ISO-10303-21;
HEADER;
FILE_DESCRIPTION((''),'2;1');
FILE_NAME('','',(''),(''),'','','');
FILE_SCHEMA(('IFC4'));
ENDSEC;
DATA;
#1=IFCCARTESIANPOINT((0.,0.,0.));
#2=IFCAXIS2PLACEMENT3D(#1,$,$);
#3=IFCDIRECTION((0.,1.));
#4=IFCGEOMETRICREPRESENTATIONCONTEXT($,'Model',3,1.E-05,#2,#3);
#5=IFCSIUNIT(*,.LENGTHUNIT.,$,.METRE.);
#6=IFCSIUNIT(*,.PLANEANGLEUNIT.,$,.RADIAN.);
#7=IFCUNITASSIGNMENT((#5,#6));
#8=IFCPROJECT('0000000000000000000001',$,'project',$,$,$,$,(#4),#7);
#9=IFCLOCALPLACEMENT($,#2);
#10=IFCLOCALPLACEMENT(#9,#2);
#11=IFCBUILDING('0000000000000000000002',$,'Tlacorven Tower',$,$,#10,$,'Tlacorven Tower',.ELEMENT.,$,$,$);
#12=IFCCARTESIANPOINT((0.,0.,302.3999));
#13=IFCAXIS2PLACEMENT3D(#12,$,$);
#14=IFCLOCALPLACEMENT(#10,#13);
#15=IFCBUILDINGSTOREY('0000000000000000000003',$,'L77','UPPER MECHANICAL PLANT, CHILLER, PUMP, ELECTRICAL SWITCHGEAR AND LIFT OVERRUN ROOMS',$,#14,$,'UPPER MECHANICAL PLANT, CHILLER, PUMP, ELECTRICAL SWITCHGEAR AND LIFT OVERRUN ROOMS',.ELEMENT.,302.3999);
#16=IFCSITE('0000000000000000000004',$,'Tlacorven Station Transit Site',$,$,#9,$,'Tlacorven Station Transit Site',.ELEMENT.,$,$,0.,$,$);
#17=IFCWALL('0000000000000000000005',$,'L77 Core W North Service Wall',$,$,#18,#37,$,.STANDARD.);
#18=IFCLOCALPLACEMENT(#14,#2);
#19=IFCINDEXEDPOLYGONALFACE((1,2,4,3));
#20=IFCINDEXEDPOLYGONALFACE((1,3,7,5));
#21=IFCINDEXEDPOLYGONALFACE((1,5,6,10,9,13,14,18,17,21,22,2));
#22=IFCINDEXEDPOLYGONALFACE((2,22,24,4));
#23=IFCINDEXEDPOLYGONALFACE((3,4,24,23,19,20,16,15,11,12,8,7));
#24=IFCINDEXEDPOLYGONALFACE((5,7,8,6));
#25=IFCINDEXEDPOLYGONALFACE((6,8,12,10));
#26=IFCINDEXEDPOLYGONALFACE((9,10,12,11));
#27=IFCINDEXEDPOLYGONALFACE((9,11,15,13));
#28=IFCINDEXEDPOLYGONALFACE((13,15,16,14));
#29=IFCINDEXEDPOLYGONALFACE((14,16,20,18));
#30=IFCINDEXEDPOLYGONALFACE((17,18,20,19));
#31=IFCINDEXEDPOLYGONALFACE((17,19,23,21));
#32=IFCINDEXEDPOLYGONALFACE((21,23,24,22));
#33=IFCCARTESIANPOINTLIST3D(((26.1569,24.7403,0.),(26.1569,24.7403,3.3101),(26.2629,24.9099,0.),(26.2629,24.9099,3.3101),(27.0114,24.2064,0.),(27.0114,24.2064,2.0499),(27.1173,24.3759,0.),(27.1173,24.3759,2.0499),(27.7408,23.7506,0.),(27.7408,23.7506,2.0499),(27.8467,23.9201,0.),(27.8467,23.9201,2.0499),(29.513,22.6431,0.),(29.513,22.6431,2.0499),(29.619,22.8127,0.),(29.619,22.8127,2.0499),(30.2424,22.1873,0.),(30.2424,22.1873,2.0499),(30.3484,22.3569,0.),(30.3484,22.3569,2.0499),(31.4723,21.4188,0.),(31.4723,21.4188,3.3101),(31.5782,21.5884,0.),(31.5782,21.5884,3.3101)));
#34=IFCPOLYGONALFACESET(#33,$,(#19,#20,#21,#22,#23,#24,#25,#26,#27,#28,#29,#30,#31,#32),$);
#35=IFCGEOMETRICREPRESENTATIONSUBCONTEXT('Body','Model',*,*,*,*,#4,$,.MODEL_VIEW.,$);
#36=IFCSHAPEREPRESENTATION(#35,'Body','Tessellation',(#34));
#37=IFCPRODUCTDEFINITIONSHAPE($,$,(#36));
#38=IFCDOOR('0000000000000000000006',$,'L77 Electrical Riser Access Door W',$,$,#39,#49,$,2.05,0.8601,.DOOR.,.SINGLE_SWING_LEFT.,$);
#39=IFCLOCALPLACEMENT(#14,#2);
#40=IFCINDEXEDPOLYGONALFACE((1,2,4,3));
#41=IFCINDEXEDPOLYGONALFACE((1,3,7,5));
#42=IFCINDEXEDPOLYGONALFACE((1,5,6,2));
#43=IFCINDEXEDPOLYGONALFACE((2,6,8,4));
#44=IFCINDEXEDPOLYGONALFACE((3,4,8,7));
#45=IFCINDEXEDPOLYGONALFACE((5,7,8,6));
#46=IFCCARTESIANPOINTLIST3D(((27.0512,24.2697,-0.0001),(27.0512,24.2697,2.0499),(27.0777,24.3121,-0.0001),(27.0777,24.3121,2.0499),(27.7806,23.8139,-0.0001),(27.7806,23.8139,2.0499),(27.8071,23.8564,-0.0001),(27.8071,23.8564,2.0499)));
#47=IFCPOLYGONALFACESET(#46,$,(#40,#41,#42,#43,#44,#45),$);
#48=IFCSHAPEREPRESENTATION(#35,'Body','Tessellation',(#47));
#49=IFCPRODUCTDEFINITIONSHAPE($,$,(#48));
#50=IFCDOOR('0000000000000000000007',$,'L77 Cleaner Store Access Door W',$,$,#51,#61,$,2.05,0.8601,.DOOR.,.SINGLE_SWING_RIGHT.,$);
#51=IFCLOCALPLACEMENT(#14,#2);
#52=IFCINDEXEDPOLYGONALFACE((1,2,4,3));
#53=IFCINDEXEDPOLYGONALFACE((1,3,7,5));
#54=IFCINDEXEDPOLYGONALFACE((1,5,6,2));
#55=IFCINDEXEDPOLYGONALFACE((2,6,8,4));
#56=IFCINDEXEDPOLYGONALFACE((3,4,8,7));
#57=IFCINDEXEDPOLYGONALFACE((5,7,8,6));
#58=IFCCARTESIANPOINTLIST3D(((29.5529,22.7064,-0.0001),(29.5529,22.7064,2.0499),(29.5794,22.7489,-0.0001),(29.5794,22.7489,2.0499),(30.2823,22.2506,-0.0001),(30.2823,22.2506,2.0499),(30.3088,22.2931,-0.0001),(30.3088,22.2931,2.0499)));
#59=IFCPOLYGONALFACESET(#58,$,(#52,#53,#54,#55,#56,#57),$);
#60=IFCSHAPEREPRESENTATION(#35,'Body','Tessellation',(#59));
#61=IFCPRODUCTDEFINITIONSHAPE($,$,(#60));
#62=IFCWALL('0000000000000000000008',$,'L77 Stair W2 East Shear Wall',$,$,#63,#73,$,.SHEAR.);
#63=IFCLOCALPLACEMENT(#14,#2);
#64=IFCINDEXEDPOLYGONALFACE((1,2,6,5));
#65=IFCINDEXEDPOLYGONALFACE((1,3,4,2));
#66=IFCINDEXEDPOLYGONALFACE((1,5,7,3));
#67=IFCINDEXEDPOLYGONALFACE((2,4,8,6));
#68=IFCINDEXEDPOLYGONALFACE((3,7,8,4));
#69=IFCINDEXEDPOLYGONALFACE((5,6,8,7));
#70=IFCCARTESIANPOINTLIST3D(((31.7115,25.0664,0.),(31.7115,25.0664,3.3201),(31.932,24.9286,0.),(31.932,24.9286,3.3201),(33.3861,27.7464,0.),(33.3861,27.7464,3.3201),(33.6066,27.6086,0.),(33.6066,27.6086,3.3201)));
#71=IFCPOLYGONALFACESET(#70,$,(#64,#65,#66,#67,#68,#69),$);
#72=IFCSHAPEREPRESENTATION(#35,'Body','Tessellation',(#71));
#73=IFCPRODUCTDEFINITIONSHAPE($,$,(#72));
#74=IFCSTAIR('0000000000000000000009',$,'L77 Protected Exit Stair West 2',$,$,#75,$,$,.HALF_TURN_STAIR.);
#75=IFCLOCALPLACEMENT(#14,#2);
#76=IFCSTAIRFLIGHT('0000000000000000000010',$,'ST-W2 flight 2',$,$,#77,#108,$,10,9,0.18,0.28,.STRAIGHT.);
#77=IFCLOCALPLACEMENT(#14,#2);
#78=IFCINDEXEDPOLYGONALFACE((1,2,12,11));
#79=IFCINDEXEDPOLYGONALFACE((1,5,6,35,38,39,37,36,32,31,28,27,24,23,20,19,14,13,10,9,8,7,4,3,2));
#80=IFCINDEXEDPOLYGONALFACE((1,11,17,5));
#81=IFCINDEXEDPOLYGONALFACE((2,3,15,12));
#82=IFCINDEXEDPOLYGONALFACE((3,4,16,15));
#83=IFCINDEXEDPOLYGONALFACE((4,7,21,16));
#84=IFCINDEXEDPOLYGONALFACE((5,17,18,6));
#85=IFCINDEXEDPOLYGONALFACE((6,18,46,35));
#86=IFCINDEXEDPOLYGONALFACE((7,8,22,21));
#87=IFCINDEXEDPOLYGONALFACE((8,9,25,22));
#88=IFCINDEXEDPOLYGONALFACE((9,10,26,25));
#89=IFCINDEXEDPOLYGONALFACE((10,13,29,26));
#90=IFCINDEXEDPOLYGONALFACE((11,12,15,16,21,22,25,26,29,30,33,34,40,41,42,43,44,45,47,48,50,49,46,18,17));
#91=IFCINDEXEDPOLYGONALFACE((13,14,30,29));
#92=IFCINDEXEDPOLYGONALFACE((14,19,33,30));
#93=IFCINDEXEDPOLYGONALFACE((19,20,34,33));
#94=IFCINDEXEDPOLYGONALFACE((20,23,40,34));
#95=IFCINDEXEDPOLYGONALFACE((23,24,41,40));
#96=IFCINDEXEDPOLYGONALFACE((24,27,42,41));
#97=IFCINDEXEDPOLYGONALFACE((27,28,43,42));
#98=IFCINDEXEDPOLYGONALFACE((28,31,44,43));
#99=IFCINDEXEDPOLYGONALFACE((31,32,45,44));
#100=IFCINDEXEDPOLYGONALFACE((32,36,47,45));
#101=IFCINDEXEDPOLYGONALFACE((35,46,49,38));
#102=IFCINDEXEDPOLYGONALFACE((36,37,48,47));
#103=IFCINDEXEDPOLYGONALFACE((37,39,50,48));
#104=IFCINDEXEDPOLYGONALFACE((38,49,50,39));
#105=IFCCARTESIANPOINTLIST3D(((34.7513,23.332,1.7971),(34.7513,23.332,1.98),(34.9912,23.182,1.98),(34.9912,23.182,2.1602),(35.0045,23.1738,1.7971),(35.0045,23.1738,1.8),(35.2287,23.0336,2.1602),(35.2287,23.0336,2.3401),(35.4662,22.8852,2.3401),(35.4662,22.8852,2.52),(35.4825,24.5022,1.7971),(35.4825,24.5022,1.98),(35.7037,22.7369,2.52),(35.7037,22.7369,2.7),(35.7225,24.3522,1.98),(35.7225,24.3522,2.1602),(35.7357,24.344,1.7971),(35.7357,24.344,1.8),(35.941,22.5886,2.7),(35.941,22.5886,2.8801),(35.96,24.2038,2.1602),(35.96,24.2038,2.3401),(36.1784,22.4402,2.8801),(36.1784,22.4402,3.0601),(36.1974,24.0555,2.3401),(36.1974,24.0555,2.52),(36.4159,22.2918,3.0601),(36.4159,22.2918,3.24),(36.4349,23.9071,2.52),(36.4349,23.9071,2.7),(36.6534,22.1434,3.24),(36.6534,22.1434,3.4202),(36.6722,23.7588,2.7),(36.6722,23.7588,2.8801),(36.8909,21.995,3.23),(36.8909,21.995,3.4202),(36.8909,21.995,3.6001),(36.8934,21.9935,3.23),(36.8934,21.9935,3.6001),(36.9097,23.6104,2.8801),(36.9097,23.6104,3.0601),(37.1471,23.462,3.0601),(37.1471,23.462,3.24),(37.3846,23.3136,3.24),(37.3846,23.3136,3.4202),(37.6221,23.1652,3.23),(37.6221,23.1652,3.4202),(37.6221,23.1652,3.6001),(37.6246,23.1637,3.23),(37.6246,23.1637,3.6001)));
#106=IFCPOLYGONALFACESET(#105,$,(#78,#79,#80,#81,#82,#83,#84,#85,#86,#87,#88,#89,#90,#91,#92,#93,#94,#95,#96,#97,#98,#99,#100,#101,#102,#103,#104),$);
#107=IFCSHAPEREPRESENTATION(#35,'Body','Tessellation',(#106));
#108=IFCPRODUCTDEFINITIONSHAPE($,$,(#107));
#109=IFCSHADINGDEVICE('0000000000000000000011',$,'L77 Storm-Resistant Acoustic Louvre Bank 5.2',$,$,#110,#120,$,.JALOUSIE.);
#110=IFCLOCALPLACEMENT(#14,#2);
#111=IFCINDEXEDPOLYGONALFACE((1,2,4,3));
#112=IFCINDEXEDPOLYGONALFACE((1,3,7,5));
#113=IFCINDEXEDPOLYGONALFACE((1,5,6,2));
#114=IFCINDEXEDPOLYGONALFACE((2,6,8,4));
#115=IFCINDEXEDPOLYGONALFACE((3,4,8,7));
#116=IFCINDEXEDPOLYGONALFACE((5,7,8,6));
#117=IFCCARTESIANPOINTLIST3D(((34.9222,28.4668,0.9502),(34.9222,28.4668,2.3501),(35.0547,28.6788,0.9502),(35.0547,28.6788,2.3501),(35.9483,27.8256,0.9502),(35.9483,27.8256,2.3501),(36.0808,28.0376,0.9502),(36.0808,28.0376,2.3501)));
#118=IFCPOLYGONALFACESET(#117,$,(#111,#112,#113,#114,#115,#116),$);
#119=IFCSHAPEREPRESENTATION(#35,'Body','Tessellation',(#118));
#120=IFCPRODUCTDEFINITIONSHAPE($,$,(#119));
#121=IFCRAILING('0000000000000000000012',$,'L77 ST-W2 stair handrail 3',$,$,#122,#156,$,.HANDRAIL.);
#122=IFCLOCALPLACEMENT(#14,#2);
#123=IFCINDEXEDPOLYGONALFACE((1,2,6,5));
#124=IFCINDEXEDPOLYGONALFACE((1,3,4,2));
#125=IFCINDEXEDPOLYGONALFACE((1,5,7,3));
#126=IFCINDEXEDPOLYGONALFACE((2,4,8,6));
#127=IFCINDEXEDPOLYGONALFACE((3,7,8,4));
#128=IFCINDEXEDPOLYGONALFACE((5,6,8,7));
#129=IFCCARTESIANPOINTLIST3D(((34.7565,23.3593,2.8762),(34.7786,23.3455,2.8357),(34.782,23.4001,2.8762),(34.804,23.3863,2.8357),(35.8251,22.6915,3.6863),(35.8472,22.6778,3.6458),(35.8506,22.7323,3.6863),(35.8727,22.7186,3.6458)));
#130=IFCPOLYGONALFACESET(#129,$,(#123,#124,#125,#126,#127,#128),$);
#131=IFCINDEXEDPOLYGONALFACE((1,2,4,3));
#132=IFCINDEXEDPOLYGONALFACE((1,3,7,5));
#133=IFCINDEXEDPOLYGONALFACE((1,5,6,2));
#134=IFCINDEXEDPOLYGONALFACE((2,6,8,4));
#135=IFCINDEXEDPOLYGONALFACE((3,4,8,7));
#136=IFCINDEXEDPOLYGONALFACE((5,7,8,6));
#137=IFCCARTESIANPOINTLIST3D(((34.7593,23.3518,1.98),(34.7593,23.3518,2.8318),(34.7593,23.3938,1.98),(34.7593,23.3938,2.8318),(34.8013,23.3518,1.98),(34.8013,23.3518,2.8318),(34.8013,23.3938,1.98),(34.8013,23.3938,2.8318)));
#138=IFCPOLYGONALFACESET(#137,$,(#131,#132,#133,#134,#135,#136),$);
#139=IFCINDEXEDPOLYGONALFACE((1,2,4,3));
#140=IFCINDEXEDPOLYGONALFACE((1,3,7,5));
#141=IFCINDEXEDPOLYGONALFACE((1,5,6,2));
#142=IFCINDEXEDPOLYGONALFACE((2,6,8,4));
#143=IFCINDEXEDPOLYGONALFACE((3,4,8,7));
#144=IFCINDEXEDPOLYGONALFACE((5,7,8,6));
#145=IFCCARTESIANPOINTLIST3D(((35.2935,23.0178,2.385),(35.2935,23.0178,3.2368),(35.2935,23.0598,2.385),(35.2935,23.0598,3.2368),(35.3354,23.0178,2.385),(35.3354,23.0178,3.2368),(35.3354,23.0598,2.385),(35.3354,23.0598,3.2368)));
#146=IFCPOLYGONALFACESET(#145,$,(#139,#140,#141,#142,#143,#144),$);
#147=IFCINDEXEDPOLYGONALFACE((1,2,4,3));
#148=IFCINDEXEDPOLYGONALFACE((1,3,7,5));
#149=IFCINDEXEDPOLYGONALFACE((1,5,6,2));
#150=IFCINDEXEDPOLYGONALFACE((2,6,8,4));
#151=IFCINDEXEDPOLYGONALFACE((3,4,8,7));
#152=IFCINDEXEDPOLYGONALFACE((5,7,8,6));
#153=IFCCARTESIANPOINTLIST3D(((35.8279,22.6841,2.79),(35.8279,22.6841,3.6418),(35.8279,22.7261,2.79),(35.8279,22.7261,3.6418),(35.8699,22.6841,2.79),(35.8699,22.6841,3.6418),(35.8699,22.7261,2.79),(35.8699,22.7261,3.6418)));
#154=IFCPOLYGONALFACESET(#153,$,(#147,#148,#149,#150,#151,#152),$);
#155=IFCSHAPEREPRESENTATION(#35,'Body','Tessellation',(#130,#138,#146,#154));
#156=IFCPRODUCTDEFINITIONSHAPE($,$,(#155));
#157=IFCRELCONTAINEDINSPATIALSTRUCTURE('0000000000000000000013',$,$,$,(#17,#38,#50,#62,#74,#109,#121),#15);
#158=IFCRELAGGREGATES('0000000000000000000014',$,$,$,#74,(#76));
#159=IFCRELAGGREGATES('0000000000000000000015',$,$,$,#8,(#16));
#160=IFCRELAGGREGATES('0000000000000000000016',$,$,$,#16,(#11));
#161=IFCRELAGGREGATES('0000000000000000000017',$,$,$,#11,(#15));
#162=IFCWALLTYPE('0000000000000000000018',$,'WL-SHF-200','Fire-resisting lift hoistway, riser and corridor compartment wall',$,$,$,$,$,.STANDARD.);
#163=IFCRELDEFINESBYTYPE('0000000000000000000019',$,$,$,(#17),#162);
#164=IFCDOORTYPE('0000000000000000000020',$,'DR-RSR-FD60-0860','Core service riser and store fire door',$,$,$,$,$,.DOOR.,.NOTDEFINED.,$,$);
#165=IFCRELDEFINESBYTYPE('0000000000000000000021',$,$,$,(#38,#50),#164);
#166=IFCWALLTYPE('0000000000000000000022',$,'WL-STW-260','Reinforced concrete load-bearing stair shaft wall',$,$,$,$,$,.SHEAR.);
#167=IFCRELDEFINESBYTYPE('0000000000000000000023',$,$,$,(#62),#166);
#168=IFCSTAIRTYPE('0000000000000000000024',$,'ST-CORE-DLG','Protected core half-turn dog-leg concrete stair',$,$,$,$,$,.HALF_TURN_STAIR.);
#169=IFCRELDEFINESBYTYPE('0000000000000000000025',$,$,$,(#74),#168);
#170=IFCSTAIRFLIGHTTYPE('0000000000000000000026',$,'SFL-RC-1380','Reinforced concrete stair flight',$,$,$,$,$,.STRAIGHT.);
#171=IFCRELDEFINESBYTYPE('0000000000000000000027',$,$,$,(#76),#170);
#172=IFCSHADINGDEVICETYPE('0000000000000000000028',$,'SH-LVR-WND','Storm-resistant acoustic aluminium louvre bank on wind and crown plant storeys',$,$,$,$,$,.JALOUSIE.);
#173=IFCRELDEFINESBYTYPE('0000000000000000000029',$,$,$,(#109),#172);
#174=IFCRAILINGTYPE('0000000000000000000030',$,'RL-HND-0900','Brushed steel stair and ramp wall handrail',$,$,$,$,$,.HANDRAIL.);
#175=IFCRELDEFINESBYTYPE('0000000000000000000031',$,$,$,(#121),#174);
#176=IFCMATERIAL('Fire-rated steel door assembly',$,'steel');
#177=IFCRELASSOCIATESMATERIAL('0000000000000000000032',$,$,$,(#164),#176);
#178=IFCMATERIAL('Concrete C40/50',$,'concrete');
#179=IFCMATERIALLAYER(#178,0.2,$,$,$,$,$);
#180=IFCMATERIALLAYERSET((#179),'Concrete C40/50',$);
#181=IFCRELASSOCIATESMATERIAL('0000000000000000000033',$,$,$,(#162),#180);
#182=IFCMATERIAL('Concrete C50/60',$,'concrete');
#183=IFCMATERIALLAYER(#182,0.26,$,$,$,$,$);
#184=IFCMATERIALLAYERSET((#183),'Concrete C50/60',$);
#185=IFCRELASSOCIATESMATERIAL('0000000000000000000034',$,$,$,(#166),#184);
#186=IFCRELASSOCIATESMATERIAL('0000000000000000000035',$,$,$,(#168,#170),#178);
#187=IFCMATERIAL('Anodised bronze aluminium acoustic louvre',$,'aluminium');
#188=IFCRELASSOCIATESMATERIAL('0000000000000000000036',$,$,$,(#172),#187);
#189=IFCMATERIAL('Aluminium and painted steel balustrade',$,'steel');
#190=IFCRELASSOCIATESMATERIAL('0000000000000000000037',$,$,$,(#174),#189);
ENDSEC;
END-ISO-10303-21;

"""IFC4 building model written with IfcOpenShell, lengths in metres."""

from ifc_helpers import new_model, si_unit, direction, frame, frame_2d, origin, origin_2d, place, context, subcontext, project, spatial, polyline, rectangle, outline, extrude, source, transform, mapped, material, layer, layer_set, type_object, element, fill, aggregate, save


model = new_model("IFC4")

# Units and contexts
model_context = context("Model", 3, precision=1e-05, world=origin(), true_north=direction((0.0, 1.0)))
body_context = subcontext(model_context, "Body", "Model", "MODEL_VIEW")
ifc_project = project(units=[si_unit("LENGTHUNIT", "METRE"), si_unit("PLANEANGLEUNIT", "RADIAN")], contexts=[model_context])

# Site, building, storey
site_placement = place(None, origin())
site = spatial("IfcSite", under=ifc_project, at=site_placement, Name="Tlacorven Station Transit Site", LongName="Tlacorven Station Transit Site", CompositionType="ELEMENT", RefElevation=0.0)
building_placement = place(site_placement, origin())
building = spatial("IfcBuilding", under=site, at=building_placement, Name="Tlacorven Tower", LongName="Tlacorven Tower", CompositionType="ELEMENT")
storey_placement = place(building_placement, frame((0.0, 0.0, 302.3999)))
storey = spatial("IfcBuildingStorey", under=building, at=storey_placement, Name="L77", Description="UPPER MECHANICAL PLANT, CHILLER, PUMP, ELECTRICAL SWITCHGEAR AND LIFT OVERRUN ROOMS", LongName="UPPER MECHANICAL PLANT, CHILLER, PUMP, ELECTRICAL SWITCHGEAR AND LIFT OVERRUN ROOMS", CompositionType="ELEMENT", Elevation=302.3999)

# Shared definitions
ifc_material_1 = material(Name="Concrete C50/60", Category="concrete")

# Shared definitions
ifc_material_2 = material(Name="Fire-rated steel door assembly", Category="steel")
door_type_1 = type_object("IfcDoorType", Name="DR-RSR-FD60-0860", Description="Core service riser and store fire door", OperationType="NOTDEFINED", PredefinedType="DOOR", material=ifc_material_2)
shared_shape_1 = source(origin(), body_context, "Body", "SweptSolid", [
    extrude(rectangle(XDim=0.8601, YDim=2.05, at=frame_2d((0.4302, 1.0249))), frame((0.0, 0.0249, 0.0), z_axis=(0.0, -1.0, 0.0), x_axis=(1.0, 0.0, 0.0)), (0.0, 0.0, 1.0), 0.05),
])

# Shared definitions
ifc_material_3 = material(Name="Concrete C40/50", Category="concrete")
ifc_layer_1 = layer(ifc_material_3, 0.2)
ifc_layer_set_1 = layer_set([ifc_layer_1], Name="Concrete C40/50")
wall_type_1 = type_object("IfcWallType", Name="WL-SHF-200", Description="Fire-resisting lift hoistway, riser and corridor compartment wall", PredefinedType="STANDARD", material=ifc_layer_set_1)

# Wall, openings, doors
wall_1_placement = place(storey_placement, frame((31.5251, 21.5037, 0.0), z_axis=(0.0, 0.0, 1.0), x_axis=(-0.848042, 0.529929, 0.0)))
wall_1 = element("IfcWall", 1, at=wall_1_placement, inside=storey, type_object=wall_type_1, Name="L77 Core W North Service Wall", PredefinedType="STANDARD", context=body_context, shape_type="SweptSolid", body=[
    extrude(rectangle(XDim=6.2678, YDim=0.2, at=frame_2d((3.1338, 0.0))), origin(), (0.0, 0.0, 1.0), 3.3101),
])
opening_1_placement = place(wall_1_placement, frame((4.3999, 0.0, 0.0)))
opening_1 = element("IfcOpeningElement", 2, at=opening_1_placement, cuts=wall_1, PredefinedType="OPENING", context=body_context, shape_type="SweptSolid", body=[
    extrude(rectangle(XDim=0.8601, YDim=2.05, at=frame_2d((0.4302, 1.0249))), frame((0.0, 0.1099, 0.0), z_axis=(0.0, -1.0, 0.0), x_axis=(1.0, 0.0, 0.0)), (0.0, 0.0, 1.0), 0.22),
])
opening_2_placement = place(wall_1_placement, frame((1.45, 0.0, 0.0)))
opening_2 = element("IfcOpeningElement", 3, at=opening_2_placement, cuts=wall_1, PredefinedType="OPENING", context=body_context, shape_type="SweptSolid", body=[
    extrude(rectangle(XDim=0.8601, YDim=2.05, at=frame_2d((0.4302, 1.0249))), frame((0.0, 0.1099, 0.0), z_axis=(0.0, -1.0, 0.0), x_axis=(1.0, 0.0, 0.0)), (0.0, 0.0, 1.0), 0.22),
])
door_1_placement = place(opening_1_placement, frame((0.8601, 0.0, 0.0), z_axis=(0.0, 0.0, 1.0), x_axis=(-1.0, 0.0, 0.0)))
door_1 = element("IfcDoor", 4, at=door_1_placement, inside=storey, type_object=door_type_1, Name="L77 Electrical Riser Access Door W", OperationType="SINGLE_SWING_LEFT", OverallHeight=2.05, OverallWidth=0.8601, PredefinedType="DOOR", context=body_context, shape_type="MappedRepresentation", body=[
    mapped(shared_shape_1, transform((0.0, 0.0, 0.0), scale=1.0)),
])
fill(opening_1, door_1)
door_2_placement = place(opening_2_placement, frame((0.8601, 0.0, 0.0), z_axis=(0.0, 0.0, 1.0), x_axis=(-1.0, 0.0, 0.0)))
door_2 = element("IfcDoor", 5, at=door_2_placement, inside=storey, type_object=door_type_1, Name="L77 Cleaner Store Access Door W", OperationType="SINGLE_SWING_RIGHT", OverallHeight=2.05, OverallWidth=0.8601, PredefinedType="DOOR", context=body_context, shape_type="MappedRepresentation", body=[
    mapped(shared_shape_1, transform((0.0, 0.0, 0.0), scale=1.0)),
])
fill(opening_2, door_2)

# Wall
ifc_layer_2 = layer(ifc_material_1, 0.26)
ifc_layer_set_2 = layer_set([ifc_layer_2], Name="Concrete C50/60")
wall_type_2 = type_object("IfcWallType", Name="WL-STW-260", Description="Reinforced concrete load-bearing stair shaft wall", PredefinedType="SHEAR", material=ifc_layer_set_2)
wall_2_placement = place(storey_placement, frame((33.4963, 27.6775, 0.0), z_axis=(0.0, 0.0, 1.0), x_axis=(-0.529909, -0.848055, 0.0)))
element("IfcWall", 6, at=wall_2_placement, inside=storey, type_object=wall_type_2, Name="L77 Stair W2 East Shear Wall", PredefinedType="SHEAR", context=body_context, shape_type="SweptSolid", body=[
    extrude(rectangle(XDim=3.1602, YDim=0.26, at=frame_2d((1.5801, 0.0))), origin(), (0.0, 0.0, 1.0), 3.3201),
])

# Stair, stair flight
stair_type = type_object("IfcStairType", Name="ST-CORE-DLG", Description="Protected core half-turn dog-leg concrete stair", PredefinedType="HALF_TURN_STAIR", material=ifc_material_3)
stair_placement = place(storey_placement, origin())
stair = element("IfcStair", 7, at=stair_placement, inside=storey, type_object=stair_type, Name="L77 Protected Exit Stair West 2", PredefinedType="HALF_TURN_STAIR")
stair_flight_type = type_object("IfcStairFlightType", Name="SFL-RC-1380", Description="Reinforced concrete stair flight", PredefinedType="STRAIGHT", material=ifc_material_3)
shared_shape_2 = source(origin(), body_context, "Body", "SweptSolid", [
    extrude(outline(polyline([(-0.0029, -0.0029), (-0.0029, 0.1799), (0.28, 0.1799), (0.28, 0.3601), (0.5601, 0.3601), (0.5601, 0.54), (0.8401, 0.54), (0.8401, 0.72), (1.1201, 0.72), (1.1201, 0.8999), (1.3999, 0.8999), (1.3999, 1.0801), (1.6799, 1.0801), (1.6799, 1.26), (1.96, 1.26), (1.96, 1.4399), (2.24, 1.4399), (2.24, 1.6201), (2.52, 1.6201), (2.52, 1.8), (2.5229, 1.8), (2.5229, 1.4299), (2.52, 1.4299), (0.2957, 0.0), (0.2957, -0.0029), (-0.0029, -0.0029)])), frame((0.0, 0.6899, 0.0), z_axis=(0.0, -1.0, 0.0), x_axis=(1.0, 0.0, 0.0)), (0.0, 0.0, 1.0), 1.3799),
])
stair_flight_placement = place(storey_placement, frame((35.1194, 23.9155, 1.8), z_axis=(0.0, 0.0, 1.0), x_axis=(0.848048, -0.529919, 0.0)))
stair_flight = element("IfcStairFlight", 8, at=stair_flight_placement, type_object=stair_flight_type, Name="ST-W2 flight 2", NumberOfRisers=10, NumberOfTreads=9, PredefinedType="STRAIGHT", RiserHeight=0.18, TreadLength=0.28, context=body_context, shape_type="MappedRepresentation", body=[
    mapped(shared_shape_2, transform((0.0, 0.0, 0.0), scale=1.0)),
])
aggregate(stair, [stair_flight])

# Shading device
ifc_material_4 = material(Name="Anodised bronze aluminium acoustic louvre", Category="aluminium")
shading_device_type = type_object("IfcShadingDeviceType", Name="SH-LVR-WND", Description="Storm-resistant acoustic aluminium louvre bank on wind and crown plant storeys", PredefinedType="JALOUSIE", material=ifc_material_4)
shared_shape_3 = source(origin(), body_context, "Body", "SweptSolid", [
    extrude(rectangle(XDim=1.21, YDim=0.25, at=origin_2d()), origin(), (0.0, 0.0, 1.0), 1.3999),
])
shading_device_placement = place(storey_placement, frame((35.5015, 28.2522, 0.9502), z_axis=(0.0, 0.0, 1.0), x_axis=(0.848048, -0.529919, 0.0)))
element("IfcShadingDevice", 9, at=shading_device_placement, inside=storey, type_object=shading_device_type, Name="L77 Storm-Resistant Acoustic Louvre Bank 5.2", PredefinedType="JALOUSIE", context=body_context, shape_type="MappedRepresentation", body=[
    mapped(shared_shape_3, transform((0.0, 0.0, 0.0), scale=1.0)),
])

# Railing
ifc_material_5 = material(Name="Aluminium and painted steel balustrade", Category="steel")
railing_type_1 = type_object("IfcRailingType", Name="RL-HND-0900", Description="Brushed steel stair and ramp wall handrail", PredefinedType="HANDRAIL", material=ifc_material_5)
shared_shape_4 = source(origin(), body_context, "Body", "SweptSolid", [
    extrude(rectangle(XDim=0.0481, YDim=0.0481, at=origin_2d()), frame((0.0, 0.0, 0.876), z_axis=(0.71336, -0.445748, 0.540765), x_axis=(0.529912, 0.848053, 0.0)), (0.0, 0.0, 1.0), 1.498),
    extrude(rectangle(XDim=0.042, YDim=0.042, at=origin_2d()), origin(), (0.0, 0.0, 1.0), 0.8518),
    extrude(rectangle(XDim=0.042, YDim=0.042, at=origin_2d()), frame((0.5342, -0.334, 0.405)), (0.0, 0.0, 1.0), 0.8518),
    extrude(rectangle(XDim=0.042, YDim=0.042, at=origin_2d()), frame((1.0686, -0.6677, 0.8101)), (0.0, 0.0, 1.0), 0.8518),
])
railing_1_placement = place(storey_placement, frame((34.7803, 23.3728, 1.98)))
element("IfcRailing", 10, at=railing_1_placement, inside=storey, type_object=railing_type_1, Name="L77 ST-W2 stair handrail 3", PredefinedType="HANDRAIL", context=body_context, shape_type="MappedRepresentation", body=[
    mapped(shared_shape_4, transform((0.0, 0.0, 0.0), scale=1.0)),
])

save(model, "model.ifc")
